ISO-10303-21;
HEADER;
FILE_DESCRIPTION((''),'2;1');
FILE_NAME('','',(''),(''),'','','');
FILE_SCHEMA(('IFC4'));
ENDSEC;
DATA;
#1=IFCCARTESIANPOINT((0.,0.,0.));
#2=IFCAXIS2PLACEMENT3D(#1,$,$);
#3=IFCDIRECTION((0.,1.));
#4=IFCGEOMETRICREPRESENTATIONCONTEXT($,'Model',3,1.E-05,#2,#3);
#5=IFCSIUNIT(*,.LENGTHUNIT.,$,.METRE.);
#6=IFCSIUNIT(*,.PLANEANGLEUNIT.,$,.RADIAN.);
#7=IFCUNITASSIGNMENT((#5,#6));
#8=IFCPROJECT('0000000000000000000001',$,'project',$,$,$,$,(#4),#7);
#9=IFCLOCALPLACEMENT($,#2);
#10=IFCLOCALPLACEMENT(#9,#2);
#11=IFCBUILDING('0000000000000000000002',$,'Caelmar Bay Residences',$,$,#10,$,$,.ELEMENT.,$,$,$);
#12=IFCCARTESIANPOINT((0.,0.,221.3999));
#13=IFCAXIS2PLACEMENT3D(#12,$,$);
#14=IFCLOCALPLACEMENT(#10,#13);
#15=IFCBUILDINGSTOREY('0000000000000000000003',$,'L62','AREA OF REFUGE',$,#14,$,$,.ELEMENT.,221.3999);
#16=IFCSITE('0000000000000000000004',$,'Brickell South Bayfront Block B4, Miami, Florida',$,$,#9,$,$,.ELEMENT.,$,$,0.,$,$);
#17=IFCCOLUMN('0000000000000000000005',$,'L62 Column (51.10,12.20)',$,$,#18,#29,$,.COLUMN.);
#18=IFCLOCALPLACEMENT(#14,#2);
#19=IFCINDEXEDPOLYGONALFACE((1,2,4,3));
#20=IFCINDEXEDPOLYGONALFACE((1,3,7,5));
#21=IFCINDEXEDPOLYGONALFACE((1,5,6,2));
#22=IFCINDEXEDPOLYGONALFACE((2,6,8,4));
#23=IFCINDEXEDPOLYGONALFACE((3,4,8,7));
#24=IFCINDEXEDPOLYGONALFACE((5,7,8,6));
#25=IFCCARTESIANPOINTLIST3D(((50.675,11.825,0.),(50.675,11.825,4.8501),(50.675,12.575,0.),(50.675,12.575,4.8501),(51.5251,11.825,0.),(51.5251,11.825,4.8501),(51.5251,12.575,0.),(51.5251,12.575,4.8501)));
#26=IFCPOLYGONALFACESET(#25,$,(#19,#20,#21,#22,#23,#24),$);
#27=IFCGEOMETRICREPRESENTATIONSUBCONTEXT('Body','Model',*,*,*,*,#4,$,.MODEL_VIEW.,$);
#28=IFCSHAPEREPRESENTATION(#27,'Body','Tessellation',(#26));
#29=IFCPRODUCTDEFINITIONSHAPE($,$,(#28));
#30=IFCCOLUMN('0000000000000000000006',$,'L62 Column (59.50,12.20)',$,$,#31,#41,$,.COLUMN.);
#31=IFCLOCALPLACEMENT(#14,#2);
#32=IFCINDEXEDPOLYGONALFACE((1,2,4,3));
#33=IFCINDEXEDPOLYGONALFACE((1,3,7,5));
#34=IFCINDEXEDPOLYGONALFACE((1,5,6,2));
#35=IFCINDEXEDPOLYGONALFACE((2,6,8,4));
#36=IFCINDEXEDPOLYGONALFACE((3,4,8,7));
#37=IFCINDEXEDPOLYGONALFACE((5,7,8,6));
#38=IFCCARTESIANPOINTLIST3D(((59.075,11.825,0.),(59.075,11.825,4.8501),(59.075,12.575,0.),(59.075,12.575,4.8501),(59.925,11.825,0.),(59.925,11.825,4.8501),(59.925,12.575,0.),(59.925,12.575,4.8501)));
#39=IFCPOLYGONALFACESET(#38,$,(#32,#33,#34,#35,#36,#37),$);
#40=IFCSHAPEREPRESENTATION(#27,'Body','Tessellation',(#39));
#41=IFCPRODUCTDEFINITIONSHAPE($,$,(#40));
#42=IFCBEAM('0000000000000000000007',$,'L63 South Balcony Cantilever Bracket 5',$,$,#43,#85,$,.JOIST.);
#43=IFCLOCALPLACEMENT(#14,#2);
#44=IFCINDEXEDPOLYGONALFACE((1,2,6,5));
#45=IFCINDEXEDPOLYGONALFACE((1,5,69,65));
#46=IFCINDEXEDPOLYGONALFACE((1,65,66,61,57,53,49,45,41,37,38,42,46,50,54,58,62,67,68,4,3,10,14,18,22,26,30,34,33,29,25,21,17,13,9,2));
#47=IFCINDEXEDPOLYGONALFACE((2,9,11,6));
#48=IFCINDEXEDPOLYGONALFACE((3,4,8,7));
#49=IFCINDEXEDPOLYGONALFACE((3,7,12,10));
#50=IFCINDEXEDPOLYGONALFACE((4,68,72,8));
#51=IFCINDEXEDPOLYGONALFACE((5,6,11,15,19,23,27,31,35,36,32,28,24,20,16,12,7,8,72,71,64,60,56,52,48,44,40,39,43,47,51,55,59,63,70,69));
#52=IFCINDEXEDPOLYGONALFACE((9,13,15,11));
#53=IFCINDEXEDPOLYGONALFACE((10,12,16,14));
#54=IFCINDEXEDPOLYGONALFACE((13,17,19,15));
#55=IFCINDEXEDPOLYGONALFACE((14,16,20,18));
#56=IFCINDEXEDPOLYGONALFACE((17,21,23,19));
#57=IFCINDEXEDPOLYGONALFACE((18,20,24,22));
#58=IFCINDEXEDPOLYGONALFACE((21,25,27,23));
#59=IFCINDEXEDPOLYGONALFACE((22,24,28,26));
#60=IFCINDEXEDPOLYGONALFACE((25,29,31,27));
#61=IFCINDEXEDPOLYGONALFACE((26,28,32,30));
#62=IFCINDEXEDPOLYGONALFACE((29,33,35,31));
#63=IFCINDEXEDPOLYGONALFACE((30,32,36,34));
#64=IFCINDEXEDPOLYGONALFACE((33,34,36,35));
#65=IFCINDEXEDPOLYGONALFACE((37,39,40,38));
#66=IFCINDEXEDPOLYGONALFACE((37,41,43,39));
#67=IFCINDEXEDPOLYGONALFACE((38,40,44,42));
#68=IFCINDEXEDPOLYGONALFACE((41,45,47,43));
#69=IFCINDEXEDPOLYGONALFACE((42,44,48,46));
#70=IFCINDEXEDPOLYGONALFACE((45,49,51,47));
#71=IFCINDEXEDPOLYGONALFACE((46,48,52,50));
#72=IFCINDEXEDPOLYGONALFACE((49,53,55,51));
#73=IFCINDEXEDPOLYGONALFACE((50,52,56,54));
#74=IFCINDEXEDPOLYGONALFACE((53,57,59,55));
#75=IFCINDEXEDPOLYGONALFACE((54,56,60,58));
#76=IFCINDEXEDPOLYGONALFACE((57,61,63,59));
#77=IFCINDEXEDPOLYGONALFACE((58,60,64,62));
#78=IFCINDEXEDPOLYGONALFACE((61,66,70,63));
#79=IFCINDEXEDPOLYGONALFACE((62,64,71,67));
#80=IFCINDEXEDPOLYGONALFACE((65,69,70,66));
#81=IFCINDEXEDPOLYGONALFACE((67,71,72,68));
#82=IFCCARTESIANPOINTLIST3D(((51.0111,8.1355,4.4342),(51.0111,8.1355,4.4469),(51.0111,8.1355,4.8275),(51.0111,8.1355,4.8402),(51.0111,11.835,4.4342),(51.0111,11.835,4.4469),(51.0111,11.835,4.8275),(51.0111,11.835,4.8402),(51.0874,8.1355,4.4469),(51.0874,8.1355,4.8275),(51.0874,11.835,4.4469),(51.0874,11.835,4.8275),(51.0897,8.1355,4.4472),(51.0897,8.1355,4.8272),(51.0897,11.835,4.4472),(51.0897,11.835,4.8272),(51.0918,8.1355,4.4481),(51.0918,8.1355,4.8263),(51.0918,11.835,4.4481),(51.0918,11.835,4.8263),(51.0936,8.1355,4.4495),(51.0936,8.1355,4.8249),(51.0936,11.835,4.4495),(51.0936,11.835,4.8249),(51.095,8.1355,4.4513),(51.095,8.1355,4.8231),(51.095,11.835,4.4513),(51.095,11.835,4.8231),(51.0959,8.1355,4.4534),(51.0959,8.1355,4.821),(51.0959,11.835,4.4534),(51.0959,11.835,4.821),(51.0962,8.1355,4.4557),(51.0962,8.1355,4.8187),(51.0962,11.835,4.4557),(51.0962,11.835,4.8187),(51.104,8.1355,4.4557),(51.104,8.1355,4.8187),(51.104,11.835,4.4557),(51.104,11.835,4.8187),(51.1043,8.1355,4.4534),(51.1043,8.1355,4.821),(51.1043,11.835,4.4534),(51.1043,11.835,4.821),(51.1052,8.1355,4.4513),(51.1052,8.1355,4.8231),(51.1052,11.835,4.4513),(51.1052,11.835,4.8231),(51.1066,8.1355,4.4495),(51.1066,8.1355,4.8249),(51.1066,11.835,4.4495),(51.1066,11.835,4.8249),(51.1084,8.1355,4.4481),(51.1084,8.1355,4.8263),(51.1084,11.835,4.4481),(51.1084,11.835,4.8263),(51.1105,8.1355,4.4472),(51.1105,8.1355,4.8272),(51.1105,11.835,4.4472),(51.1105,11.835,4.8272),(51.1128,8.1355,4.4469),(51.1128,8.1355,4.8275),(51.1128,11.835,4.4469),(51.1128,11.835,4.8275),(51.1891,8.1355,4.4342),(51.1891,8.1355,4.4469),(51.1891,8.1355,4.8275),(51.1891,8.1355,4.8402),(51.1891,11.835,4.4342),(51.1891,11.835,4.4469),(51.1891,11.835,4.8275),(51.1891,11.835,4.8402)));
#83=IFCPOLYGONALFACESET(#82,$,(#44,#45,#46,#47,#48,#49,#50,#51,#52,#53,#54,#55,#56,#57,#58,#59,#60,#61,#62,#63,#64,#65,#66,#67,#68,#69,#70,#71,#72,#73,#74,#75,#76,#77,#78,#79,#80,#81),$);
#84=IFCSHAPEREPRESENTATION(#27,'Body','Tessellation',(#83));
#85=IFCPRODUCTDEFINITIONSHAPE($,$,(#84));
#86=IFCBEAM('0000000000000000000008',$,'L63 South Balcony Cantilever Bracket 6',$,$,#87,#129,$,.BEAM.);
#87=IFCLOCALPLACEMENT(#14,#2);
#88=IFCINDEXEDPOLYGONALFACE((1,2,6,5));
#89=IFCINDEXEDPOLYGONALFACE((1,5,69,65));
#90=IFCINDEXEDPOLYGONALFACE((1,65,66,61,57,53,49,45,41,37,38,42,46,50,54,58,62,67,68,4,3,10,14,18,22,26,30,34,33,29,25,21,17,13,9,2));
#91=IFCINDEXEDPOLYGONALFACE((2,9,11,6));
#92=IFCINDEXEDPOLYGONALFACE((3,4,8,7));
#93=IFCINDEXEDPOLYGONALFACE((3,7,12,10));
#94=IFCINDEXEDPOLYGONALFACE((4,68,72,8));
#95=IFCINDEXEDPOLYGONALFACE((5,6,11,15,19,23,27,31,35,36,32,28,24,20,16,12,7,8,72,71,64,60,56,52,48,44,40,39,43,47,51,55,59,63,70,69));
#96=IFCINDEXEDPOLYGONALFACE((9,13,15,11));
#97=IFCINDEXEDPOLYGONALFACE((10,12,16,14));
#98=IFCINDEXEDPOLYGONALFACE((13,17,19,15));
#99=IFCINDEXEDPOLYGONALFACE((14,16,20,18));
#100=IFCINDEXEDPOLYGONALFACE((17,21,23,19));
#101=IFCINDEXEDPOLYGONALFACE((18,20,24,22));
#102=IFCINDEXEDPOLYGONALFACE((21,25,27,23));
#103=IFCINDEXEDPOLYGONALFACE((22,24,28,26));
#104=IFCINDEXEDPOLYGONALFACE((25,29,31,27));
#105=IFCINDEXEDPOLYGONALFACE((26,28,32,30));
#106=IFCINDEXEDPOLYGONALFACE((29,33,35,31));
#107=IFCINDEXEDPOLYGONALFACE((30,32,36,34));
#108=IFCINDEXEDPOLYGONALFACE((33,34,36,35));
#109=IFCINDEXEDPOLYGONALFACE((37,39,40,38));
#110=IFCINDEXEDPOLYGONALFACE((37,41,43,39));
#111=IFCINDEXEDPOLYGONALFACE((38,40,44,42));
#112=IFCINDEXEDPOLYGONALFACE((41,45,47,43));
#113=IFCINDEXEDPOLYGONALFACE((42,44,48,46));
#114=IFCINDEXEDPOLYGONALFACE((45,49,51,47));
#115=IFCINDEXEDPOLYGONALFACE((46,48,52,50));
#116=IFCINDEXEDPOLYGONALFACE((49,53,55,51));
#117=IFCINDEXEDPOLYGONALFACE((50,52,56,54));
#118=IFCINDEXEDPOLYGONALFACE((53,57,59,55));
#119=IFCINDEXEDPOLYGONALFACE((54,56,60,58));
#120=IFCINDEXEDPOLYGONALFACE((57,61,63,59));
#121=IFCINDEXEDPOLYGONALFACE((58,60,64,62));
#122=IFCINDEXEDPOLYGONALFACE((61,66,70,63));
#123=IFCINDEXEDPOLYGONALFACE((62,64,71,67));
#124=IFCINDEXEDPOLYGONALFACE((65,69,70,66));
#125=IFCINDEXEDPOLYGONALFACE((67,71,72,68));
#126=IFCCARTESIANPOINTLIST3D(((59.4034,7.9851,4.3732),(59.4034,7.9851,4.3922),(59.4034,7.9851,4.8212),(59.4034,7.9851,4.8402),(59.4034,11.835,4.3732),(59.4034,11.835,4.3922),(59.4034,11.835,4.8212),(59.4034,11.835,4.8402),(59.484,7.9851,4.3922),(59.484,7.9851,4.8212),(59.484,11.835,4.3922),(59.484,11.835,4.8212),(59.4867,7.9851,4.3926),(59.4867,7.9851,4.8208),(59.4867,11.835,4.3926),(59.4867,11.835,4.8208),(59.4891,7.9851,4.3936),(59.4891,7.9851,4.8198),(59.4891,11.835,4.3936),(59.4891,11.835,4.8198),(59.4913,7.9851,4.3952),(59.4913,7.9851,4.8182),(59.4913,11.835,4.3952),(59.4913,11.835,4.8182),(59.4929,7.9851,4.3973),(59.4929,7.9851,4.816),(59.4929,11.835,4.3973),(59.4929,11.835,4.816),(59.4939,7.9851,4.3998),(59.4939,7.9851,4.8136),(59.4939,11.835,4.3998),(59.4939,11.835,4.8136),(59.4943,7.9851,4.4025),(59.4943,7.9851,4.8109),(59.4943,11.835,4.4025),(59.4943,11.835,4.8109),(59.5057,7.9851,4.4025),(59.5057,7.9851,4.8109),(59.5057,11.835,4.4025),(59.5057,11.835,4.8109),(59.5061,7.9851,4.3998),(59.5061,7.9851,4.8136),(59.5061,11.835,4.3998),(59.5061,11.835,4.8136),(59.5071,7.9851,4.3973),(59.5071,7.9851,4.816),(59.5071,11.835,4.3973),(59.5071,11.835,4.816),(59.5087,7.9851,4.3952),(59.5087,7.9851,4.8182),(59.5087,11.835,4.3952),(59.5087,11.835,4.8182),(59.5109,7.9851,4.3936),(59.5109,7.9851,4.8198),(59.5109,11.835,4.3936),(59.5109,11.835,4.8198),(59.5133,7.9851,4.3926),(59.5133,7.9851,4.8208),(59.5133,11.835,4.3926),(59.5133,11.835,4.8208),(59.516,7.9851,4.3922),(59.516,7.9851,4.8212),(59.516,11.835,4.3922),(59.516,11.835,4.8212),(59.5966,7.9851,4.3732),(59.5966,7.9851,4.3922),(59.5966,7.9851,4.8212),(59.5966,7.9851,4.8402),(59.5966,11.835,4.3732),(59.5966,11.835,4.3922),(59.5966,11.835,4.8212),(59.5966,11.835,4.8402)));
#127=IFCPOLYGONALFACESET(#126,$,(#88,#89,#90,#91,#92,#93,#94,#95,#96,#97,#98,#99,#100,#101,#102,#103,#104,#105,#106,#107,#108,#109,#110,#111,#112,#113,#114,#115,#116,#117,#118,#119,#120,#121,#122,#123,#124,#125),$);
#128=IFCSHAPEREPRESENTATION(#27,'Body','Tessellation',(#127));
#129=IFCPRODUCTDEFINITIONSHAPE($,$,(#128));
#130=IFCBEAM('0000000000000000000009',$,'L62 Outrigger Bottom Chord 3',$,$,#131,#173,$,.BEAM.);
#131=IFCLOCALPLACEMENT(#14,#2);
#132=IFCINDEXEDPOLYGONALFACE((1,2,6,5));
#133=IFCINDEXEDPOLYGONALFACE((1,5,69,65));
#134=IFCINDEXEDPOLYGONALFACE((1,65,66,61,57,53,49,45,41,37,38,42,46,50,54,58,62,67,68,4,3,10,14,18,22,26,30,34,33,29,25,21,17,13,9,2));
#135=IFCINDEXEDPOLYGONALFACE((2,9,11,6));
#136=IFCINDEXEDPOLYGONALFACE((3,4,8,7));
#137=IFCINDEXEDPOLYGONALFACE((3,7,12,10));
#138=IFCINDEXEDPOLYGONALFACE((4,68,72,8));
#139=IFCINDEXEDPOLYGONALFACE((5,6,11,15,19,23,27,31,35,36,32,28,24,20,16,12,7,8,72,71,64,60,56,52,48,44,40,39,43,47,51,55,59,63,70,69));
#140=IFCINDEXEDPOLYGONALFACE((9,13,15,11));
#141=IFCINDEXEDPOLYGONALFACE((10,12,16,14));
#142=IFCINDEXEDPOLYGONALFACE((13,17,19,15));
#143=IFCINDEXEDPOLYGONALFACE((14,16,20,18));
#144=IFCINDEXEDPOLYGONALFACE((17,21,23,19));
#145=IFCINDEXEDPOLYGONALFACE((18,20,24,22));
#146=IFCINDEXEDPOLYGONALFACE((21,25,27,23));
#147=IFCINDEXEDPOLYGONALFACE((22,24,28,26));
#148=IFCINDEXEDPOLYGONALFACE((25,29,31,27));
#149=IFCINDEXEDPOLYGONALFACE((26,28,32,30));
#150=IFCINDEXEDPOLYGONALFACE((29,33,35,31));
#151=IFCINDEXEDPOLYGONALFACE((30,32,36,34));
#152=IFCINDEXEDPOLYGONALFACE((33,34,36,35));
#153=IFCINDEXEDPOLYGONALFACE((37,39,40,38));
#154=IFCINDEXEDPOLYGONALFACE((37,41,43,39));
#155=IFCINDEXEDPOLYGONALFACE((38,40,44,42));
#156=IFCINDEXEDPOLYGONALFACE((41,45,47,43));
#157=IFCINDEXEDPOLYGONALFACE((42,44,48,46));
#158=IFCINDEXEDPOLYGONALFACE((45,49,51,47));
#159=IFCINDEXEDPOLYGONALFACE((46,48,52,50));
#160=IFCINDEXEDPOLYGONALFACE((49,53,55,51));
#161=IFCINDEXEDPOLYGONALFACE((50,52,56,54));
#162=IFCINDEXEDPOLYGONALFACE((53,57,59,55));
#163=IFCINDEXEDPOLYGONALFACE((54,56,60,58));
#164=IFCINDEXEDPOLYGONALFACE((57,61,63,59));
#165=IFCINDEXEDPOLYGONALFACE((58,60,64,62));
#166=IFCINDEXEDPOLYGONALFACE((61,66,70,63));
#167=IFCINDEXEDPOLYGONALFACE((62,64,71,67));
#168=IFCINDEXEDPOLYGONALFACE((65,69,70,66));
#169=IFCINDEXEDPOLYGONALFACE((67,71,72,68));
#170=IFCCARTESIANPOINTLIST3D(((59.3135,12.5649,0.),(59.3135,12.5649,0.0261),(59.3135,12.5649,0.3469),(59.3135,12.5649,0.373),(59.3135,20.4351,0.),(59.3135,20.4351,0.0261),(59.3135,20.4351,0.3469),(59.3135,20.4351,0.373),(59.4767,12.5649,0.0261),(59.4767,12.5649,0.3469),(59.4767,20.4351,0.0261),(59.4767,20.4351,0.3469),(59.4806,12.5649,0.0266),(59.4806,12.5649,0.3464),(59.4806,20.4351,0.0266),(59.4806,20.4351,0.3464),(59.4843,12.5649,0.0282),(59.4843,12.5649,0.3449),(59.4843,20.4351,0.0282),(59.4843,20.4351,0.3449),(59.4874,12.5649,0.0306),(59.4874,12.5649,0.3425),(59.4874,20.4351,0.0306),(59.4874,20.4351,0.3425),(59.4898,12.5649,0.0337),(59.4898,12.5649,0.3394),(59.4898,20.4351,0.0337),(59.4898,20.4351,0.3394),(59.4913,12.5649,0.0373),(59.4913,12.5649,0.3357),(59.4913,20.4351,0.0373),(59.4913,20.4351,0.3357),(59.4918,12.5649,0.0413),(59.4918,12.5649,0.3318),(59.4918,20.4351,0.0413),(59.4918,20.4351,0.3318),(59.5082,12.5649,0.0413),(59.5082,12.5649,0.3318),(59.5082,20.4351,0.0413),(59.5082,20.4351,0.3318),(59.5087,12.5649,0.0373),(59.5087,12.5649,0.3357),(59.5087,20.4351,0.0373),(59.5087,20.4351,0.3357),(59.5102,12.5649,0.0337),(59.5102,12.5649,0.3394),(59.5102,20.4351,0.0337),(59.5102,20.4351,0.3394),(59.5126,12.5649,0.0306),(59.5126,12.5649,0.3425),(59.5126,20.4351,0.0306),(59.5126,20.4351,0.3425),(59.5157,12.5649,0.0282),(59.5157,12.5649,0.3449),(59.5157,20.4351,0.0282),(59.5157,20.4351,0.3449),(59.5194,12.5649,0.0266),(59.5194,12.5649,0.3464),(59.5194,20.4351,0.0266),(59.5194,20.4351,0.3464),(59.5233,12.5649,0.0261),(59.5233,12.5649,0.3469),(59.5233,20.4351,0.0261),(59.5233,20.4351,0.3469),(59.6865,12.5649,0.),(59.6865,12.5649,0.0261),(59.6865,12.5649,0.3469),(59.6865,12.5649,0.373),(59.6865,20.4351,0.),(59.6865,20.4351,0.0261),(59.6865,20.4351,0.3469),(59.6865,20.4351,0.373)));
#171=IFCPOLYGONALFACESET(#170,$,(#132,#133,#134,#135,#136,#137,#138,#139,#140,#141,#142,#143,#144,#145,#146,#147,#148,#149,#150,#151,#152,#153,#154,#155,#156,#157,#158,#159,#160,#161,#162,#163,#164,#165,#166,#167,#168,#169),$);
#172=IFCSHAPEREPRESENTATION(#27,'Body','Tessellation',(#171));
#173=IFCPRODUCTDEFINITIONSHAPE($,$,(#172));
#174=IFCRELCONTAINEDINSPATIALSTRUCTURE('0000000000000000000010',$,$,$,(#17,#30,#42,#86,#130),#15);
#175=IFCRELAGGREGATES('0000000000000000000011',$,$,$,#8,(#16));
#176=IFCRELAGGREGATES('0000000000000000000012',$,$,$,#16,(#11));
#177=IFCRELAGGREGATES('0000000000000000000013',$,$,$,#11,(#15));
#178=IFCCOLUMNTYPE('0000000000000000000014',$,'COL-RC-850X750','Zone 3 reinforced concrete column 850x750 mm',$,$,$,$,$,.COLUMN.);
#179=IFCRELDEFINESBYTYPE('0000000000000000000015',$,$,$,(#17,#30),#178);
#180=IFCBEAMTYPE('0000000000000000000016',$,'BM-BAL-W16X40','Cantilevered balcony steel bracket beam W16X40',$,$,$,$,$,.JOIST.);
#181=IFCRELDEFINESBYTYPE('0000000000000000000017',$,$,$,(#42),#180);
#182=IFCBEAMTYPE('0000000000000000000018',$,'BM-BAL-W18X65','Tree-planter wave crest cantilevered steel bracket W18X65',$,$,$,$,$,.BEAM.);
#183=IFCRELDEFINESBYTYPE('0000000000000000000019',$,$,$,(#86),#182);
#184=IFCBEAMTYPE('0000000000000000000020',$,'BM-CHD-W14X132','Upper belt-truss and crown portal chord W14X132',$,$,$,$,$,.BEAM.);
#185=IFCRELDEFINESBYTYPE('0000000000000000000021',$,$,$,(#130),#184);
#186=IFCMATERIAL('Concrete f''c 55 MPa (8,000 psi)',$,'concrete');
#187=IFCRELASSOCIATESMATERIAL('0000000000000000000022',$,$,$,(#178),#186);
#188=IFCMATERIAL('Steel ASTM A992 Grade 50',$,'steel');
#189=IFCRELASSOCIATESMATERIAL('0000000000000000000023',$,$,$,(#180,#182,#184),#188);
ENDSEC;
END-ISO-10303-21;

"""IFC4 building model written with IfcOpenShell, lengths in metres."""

from ifc_helpers import new_model, si_unit, direction, frame, origin, origin_2d, place, context, subcontext, project, spatial, rectangle, i_section, extrude, material, material_profile, profile_set, type_object, element, save


model = new_model("IFC4")

# Units and contexts
model_context = context("Model", 3, precision=1e-05, world=origin(), true_north=direction((0.0, 1.0)))
body_context = subcontext(model_context, "Body", "Model", "MODEL_VIEW")
ifc_project = project(units=[si_unit("LENGTHUNIT", "METRE"), si_unit("PLANEANGLEUNIT", "RADIAN")], contexts=[model_context])

# Site, building, storey
site_placement = place(None, origin())
site = spatial("IfcSite", under=ifc_project, at=site_placement, Name="Brickell South Bayfront Block B4, Miami, Florida", CompositionType="ELEMENT", RefElevation=0.0)
building_placement = place(site_placement, origin())
building = spatial("IfcBuilding", under=site, at=building_placement, Name="Caelmar Bay Residences", CompositionType="ELEMENT")
storey_placement = place(building_placement, frame((0.0, 0.0, 221.3999)))
storey = spatial("IfcBuildingStorey", under=building, at=storey_placement, Name="L62", Description="AREA OF REFUGE", CompositionType="ELEMENT", Elevation=221.3999)

# Columns
ifc_material_1 = material(Name="Concrete f'c 55 MPa (8,000 psi)", Category="concrete")
ifc_material_profile_1 = material_profile(ifc_material_1, rectangle(XDim=0.8501, YDim=0.75, at=origin_2d()), Name="RC-COL-850X750")
ifc_profile_set_1 = profile_set([ifc_material_profile_1], Name="Concrete f'c 55 MPa (8,000 psi)")
column_type = type_object("IfcColumnType", Name="COL-RC-850X750", Description="Zone 3 reinforced concrete column 850x750 mm", PredefinedType="COLUMN", material=ifc_profile_set_1)
for number, where, z_axis, x_axis, name in (
    (1, (51.1001, 12.2, 0.0), (0.0, 0.0, 1.0), (1.0, 0.0, 0.0), "L62 Column (51.10,12.20)"),
    (2, (59.5, 12.2, 0.0), (0.0, 0.0, 1.0), (1.0, 0.0, 0.0), "L62 Column (59.50,12.20)"),
):
    element("IfcColumn", number, at=place(storey_placement, frame(where, z_axis=z_axis, x_axis=x_axis)), inside=storey, type_object=column_type, Name=name, PredefinedType="COLUMN", context=body_context, shape_type="SweptSolid", body=[
        extrude(rectangle(XDim=0.8501, YDim=0.75, at=origin_2d()), origin(), (0.0, 0.0, 1.0), 4.8501),
    ])

# Beams
ifc_material_2 = material(Name="Steel ASTM A992 Grade 50", Category="steel")
ifc_material_profile_2 = material_profile(ifc_material_2, i_section(OverallWidth=0.178, OverallDepth=0.406, WebThickness=0.0078, FlangeThickness=0.0127, FilletRadius=0.0088, at=origin_2d()), Name="W16X40")
ifc_profile_set_2 = profile_set([ifc_material_profile_2], Name="Steel ASTM A992 Grade 50")
beam_type_1 = type_object("IfcBeamType", Name="BM-BAL-W16X40", Description="Cantilevered balcony steel bracket beam W16X40", PredefinedType="JOIST", material=ifc_profile_set_2)
beam_1_placement = place(storey_placement, frame((51.1001, 11.835, 4.6372), z_axis=(0.0, -1.0, 0.0), x_axis=(1.0, 0.0, 0.0)))
element("IfcBeam", 3, at=beam_1_placement, inside=storey, type_object=beam_type_1, Name="L63 South Balcony Cantilever Bracket 5", PredefinedType="JOIST", context=body_context, shape_type="SweptSolid", body=[
    extrude(i_section(OverallWidth=0.178, OverallDepth=0.406, WebThickness=0.0078, FlangeThickness=0.0127, FilletRadius=0.0088, at=origin_2d()), origin(), (0.0, 0.0, 1.0), 3.6995),
])
ifc_material_profile_3 = material_profile(ifc_material_2, i_section(OverallWidth=0.1931, OverallDepth=0.467, WebThickness=0.0115, FlangeThickness=0.019, FilletRadius=0.0103, at=origin_2d()), Name="W18X65")
ifc_profile_set_3 = profile_set([ifc_material_profile_3], Name="Steel ASTM A992 Grade 50")
beam_type_2 = type_object("IfcBeamType", Name="BM-BAL-W18X65", Description="Tree-planter wave crest cantilevered steel bracket W18X65", PredefinedType="BEAM", material=ifc_profile_set_3)
beam_2_placement = place(storey_placement, frame((59.5, 11.835, 4.6067), z_axis=(0.0, -1.0, 0.0), x_axis=(1.0, 0.0, 0.0)))
element("IfcBeam", 4, at=beam_2_placement, inside=storey, type_object=beam_type_2, Name="L63 South Balcony Cantilever Bracket 6", PredefinedType="BEAM", context=body_context, shape_type="SweptSolid", body=[
    extrude(i_section(OverallWidth=0.1931, OverallDepth=0.467, WebThickness=0.0115, FlangeThickness=0.019, FilletRadius=0.0103, at=origin_2d()), origin(), (0.0, 0.0, 1.0), 3.8499),
])
ifc_material_profile_4 = material_profile(ifc_material_2, i_section(OverallWidth=0.373, OverallDepth=0.373, WebThickness=0.0164, FlangeThickness=0.0261, FilletRadius=0.0151, at=origin_2d()), Name="W14X132")
ifc_profile_set_4 = profile_set([ifc_material_profile_4], Name="Steel ASTM A992 Grade 50")
beam_type_3 = type_object("IfcBeamType", Name="BM-CHD-W14X132", Description="Upper belt-truss and crown portal chord W14X132", PredefinedType="BEAM", material=ifc_profile_set_4)
beam_3_placement = place(storey_placement, frame((59.5, 12.5649, 0.1865), z_axis=(0.0, 1.0, 0.0), x_axis=(-1.0, 0.0, 0.0)))
element("IfcBeam", 5, at=beam_3_placement, inside=storey, type_object=beam_type_3, Name="L62 Outrigger Bottom Chord 3", PredefinedType="BEAM", context=body_context, shape_type="SweptSolid", body=[
    extrude(i_section(OverallWidth=0.373, OverallDepth=0.373, WebThickness=0.0164, FlangeThickness=0.0261, FilletRadius=0.0151, at=origin_2d()), origin(), (0.0, 0.0, 1.0), 7.8701),
])

save(model, "model.ifc")
